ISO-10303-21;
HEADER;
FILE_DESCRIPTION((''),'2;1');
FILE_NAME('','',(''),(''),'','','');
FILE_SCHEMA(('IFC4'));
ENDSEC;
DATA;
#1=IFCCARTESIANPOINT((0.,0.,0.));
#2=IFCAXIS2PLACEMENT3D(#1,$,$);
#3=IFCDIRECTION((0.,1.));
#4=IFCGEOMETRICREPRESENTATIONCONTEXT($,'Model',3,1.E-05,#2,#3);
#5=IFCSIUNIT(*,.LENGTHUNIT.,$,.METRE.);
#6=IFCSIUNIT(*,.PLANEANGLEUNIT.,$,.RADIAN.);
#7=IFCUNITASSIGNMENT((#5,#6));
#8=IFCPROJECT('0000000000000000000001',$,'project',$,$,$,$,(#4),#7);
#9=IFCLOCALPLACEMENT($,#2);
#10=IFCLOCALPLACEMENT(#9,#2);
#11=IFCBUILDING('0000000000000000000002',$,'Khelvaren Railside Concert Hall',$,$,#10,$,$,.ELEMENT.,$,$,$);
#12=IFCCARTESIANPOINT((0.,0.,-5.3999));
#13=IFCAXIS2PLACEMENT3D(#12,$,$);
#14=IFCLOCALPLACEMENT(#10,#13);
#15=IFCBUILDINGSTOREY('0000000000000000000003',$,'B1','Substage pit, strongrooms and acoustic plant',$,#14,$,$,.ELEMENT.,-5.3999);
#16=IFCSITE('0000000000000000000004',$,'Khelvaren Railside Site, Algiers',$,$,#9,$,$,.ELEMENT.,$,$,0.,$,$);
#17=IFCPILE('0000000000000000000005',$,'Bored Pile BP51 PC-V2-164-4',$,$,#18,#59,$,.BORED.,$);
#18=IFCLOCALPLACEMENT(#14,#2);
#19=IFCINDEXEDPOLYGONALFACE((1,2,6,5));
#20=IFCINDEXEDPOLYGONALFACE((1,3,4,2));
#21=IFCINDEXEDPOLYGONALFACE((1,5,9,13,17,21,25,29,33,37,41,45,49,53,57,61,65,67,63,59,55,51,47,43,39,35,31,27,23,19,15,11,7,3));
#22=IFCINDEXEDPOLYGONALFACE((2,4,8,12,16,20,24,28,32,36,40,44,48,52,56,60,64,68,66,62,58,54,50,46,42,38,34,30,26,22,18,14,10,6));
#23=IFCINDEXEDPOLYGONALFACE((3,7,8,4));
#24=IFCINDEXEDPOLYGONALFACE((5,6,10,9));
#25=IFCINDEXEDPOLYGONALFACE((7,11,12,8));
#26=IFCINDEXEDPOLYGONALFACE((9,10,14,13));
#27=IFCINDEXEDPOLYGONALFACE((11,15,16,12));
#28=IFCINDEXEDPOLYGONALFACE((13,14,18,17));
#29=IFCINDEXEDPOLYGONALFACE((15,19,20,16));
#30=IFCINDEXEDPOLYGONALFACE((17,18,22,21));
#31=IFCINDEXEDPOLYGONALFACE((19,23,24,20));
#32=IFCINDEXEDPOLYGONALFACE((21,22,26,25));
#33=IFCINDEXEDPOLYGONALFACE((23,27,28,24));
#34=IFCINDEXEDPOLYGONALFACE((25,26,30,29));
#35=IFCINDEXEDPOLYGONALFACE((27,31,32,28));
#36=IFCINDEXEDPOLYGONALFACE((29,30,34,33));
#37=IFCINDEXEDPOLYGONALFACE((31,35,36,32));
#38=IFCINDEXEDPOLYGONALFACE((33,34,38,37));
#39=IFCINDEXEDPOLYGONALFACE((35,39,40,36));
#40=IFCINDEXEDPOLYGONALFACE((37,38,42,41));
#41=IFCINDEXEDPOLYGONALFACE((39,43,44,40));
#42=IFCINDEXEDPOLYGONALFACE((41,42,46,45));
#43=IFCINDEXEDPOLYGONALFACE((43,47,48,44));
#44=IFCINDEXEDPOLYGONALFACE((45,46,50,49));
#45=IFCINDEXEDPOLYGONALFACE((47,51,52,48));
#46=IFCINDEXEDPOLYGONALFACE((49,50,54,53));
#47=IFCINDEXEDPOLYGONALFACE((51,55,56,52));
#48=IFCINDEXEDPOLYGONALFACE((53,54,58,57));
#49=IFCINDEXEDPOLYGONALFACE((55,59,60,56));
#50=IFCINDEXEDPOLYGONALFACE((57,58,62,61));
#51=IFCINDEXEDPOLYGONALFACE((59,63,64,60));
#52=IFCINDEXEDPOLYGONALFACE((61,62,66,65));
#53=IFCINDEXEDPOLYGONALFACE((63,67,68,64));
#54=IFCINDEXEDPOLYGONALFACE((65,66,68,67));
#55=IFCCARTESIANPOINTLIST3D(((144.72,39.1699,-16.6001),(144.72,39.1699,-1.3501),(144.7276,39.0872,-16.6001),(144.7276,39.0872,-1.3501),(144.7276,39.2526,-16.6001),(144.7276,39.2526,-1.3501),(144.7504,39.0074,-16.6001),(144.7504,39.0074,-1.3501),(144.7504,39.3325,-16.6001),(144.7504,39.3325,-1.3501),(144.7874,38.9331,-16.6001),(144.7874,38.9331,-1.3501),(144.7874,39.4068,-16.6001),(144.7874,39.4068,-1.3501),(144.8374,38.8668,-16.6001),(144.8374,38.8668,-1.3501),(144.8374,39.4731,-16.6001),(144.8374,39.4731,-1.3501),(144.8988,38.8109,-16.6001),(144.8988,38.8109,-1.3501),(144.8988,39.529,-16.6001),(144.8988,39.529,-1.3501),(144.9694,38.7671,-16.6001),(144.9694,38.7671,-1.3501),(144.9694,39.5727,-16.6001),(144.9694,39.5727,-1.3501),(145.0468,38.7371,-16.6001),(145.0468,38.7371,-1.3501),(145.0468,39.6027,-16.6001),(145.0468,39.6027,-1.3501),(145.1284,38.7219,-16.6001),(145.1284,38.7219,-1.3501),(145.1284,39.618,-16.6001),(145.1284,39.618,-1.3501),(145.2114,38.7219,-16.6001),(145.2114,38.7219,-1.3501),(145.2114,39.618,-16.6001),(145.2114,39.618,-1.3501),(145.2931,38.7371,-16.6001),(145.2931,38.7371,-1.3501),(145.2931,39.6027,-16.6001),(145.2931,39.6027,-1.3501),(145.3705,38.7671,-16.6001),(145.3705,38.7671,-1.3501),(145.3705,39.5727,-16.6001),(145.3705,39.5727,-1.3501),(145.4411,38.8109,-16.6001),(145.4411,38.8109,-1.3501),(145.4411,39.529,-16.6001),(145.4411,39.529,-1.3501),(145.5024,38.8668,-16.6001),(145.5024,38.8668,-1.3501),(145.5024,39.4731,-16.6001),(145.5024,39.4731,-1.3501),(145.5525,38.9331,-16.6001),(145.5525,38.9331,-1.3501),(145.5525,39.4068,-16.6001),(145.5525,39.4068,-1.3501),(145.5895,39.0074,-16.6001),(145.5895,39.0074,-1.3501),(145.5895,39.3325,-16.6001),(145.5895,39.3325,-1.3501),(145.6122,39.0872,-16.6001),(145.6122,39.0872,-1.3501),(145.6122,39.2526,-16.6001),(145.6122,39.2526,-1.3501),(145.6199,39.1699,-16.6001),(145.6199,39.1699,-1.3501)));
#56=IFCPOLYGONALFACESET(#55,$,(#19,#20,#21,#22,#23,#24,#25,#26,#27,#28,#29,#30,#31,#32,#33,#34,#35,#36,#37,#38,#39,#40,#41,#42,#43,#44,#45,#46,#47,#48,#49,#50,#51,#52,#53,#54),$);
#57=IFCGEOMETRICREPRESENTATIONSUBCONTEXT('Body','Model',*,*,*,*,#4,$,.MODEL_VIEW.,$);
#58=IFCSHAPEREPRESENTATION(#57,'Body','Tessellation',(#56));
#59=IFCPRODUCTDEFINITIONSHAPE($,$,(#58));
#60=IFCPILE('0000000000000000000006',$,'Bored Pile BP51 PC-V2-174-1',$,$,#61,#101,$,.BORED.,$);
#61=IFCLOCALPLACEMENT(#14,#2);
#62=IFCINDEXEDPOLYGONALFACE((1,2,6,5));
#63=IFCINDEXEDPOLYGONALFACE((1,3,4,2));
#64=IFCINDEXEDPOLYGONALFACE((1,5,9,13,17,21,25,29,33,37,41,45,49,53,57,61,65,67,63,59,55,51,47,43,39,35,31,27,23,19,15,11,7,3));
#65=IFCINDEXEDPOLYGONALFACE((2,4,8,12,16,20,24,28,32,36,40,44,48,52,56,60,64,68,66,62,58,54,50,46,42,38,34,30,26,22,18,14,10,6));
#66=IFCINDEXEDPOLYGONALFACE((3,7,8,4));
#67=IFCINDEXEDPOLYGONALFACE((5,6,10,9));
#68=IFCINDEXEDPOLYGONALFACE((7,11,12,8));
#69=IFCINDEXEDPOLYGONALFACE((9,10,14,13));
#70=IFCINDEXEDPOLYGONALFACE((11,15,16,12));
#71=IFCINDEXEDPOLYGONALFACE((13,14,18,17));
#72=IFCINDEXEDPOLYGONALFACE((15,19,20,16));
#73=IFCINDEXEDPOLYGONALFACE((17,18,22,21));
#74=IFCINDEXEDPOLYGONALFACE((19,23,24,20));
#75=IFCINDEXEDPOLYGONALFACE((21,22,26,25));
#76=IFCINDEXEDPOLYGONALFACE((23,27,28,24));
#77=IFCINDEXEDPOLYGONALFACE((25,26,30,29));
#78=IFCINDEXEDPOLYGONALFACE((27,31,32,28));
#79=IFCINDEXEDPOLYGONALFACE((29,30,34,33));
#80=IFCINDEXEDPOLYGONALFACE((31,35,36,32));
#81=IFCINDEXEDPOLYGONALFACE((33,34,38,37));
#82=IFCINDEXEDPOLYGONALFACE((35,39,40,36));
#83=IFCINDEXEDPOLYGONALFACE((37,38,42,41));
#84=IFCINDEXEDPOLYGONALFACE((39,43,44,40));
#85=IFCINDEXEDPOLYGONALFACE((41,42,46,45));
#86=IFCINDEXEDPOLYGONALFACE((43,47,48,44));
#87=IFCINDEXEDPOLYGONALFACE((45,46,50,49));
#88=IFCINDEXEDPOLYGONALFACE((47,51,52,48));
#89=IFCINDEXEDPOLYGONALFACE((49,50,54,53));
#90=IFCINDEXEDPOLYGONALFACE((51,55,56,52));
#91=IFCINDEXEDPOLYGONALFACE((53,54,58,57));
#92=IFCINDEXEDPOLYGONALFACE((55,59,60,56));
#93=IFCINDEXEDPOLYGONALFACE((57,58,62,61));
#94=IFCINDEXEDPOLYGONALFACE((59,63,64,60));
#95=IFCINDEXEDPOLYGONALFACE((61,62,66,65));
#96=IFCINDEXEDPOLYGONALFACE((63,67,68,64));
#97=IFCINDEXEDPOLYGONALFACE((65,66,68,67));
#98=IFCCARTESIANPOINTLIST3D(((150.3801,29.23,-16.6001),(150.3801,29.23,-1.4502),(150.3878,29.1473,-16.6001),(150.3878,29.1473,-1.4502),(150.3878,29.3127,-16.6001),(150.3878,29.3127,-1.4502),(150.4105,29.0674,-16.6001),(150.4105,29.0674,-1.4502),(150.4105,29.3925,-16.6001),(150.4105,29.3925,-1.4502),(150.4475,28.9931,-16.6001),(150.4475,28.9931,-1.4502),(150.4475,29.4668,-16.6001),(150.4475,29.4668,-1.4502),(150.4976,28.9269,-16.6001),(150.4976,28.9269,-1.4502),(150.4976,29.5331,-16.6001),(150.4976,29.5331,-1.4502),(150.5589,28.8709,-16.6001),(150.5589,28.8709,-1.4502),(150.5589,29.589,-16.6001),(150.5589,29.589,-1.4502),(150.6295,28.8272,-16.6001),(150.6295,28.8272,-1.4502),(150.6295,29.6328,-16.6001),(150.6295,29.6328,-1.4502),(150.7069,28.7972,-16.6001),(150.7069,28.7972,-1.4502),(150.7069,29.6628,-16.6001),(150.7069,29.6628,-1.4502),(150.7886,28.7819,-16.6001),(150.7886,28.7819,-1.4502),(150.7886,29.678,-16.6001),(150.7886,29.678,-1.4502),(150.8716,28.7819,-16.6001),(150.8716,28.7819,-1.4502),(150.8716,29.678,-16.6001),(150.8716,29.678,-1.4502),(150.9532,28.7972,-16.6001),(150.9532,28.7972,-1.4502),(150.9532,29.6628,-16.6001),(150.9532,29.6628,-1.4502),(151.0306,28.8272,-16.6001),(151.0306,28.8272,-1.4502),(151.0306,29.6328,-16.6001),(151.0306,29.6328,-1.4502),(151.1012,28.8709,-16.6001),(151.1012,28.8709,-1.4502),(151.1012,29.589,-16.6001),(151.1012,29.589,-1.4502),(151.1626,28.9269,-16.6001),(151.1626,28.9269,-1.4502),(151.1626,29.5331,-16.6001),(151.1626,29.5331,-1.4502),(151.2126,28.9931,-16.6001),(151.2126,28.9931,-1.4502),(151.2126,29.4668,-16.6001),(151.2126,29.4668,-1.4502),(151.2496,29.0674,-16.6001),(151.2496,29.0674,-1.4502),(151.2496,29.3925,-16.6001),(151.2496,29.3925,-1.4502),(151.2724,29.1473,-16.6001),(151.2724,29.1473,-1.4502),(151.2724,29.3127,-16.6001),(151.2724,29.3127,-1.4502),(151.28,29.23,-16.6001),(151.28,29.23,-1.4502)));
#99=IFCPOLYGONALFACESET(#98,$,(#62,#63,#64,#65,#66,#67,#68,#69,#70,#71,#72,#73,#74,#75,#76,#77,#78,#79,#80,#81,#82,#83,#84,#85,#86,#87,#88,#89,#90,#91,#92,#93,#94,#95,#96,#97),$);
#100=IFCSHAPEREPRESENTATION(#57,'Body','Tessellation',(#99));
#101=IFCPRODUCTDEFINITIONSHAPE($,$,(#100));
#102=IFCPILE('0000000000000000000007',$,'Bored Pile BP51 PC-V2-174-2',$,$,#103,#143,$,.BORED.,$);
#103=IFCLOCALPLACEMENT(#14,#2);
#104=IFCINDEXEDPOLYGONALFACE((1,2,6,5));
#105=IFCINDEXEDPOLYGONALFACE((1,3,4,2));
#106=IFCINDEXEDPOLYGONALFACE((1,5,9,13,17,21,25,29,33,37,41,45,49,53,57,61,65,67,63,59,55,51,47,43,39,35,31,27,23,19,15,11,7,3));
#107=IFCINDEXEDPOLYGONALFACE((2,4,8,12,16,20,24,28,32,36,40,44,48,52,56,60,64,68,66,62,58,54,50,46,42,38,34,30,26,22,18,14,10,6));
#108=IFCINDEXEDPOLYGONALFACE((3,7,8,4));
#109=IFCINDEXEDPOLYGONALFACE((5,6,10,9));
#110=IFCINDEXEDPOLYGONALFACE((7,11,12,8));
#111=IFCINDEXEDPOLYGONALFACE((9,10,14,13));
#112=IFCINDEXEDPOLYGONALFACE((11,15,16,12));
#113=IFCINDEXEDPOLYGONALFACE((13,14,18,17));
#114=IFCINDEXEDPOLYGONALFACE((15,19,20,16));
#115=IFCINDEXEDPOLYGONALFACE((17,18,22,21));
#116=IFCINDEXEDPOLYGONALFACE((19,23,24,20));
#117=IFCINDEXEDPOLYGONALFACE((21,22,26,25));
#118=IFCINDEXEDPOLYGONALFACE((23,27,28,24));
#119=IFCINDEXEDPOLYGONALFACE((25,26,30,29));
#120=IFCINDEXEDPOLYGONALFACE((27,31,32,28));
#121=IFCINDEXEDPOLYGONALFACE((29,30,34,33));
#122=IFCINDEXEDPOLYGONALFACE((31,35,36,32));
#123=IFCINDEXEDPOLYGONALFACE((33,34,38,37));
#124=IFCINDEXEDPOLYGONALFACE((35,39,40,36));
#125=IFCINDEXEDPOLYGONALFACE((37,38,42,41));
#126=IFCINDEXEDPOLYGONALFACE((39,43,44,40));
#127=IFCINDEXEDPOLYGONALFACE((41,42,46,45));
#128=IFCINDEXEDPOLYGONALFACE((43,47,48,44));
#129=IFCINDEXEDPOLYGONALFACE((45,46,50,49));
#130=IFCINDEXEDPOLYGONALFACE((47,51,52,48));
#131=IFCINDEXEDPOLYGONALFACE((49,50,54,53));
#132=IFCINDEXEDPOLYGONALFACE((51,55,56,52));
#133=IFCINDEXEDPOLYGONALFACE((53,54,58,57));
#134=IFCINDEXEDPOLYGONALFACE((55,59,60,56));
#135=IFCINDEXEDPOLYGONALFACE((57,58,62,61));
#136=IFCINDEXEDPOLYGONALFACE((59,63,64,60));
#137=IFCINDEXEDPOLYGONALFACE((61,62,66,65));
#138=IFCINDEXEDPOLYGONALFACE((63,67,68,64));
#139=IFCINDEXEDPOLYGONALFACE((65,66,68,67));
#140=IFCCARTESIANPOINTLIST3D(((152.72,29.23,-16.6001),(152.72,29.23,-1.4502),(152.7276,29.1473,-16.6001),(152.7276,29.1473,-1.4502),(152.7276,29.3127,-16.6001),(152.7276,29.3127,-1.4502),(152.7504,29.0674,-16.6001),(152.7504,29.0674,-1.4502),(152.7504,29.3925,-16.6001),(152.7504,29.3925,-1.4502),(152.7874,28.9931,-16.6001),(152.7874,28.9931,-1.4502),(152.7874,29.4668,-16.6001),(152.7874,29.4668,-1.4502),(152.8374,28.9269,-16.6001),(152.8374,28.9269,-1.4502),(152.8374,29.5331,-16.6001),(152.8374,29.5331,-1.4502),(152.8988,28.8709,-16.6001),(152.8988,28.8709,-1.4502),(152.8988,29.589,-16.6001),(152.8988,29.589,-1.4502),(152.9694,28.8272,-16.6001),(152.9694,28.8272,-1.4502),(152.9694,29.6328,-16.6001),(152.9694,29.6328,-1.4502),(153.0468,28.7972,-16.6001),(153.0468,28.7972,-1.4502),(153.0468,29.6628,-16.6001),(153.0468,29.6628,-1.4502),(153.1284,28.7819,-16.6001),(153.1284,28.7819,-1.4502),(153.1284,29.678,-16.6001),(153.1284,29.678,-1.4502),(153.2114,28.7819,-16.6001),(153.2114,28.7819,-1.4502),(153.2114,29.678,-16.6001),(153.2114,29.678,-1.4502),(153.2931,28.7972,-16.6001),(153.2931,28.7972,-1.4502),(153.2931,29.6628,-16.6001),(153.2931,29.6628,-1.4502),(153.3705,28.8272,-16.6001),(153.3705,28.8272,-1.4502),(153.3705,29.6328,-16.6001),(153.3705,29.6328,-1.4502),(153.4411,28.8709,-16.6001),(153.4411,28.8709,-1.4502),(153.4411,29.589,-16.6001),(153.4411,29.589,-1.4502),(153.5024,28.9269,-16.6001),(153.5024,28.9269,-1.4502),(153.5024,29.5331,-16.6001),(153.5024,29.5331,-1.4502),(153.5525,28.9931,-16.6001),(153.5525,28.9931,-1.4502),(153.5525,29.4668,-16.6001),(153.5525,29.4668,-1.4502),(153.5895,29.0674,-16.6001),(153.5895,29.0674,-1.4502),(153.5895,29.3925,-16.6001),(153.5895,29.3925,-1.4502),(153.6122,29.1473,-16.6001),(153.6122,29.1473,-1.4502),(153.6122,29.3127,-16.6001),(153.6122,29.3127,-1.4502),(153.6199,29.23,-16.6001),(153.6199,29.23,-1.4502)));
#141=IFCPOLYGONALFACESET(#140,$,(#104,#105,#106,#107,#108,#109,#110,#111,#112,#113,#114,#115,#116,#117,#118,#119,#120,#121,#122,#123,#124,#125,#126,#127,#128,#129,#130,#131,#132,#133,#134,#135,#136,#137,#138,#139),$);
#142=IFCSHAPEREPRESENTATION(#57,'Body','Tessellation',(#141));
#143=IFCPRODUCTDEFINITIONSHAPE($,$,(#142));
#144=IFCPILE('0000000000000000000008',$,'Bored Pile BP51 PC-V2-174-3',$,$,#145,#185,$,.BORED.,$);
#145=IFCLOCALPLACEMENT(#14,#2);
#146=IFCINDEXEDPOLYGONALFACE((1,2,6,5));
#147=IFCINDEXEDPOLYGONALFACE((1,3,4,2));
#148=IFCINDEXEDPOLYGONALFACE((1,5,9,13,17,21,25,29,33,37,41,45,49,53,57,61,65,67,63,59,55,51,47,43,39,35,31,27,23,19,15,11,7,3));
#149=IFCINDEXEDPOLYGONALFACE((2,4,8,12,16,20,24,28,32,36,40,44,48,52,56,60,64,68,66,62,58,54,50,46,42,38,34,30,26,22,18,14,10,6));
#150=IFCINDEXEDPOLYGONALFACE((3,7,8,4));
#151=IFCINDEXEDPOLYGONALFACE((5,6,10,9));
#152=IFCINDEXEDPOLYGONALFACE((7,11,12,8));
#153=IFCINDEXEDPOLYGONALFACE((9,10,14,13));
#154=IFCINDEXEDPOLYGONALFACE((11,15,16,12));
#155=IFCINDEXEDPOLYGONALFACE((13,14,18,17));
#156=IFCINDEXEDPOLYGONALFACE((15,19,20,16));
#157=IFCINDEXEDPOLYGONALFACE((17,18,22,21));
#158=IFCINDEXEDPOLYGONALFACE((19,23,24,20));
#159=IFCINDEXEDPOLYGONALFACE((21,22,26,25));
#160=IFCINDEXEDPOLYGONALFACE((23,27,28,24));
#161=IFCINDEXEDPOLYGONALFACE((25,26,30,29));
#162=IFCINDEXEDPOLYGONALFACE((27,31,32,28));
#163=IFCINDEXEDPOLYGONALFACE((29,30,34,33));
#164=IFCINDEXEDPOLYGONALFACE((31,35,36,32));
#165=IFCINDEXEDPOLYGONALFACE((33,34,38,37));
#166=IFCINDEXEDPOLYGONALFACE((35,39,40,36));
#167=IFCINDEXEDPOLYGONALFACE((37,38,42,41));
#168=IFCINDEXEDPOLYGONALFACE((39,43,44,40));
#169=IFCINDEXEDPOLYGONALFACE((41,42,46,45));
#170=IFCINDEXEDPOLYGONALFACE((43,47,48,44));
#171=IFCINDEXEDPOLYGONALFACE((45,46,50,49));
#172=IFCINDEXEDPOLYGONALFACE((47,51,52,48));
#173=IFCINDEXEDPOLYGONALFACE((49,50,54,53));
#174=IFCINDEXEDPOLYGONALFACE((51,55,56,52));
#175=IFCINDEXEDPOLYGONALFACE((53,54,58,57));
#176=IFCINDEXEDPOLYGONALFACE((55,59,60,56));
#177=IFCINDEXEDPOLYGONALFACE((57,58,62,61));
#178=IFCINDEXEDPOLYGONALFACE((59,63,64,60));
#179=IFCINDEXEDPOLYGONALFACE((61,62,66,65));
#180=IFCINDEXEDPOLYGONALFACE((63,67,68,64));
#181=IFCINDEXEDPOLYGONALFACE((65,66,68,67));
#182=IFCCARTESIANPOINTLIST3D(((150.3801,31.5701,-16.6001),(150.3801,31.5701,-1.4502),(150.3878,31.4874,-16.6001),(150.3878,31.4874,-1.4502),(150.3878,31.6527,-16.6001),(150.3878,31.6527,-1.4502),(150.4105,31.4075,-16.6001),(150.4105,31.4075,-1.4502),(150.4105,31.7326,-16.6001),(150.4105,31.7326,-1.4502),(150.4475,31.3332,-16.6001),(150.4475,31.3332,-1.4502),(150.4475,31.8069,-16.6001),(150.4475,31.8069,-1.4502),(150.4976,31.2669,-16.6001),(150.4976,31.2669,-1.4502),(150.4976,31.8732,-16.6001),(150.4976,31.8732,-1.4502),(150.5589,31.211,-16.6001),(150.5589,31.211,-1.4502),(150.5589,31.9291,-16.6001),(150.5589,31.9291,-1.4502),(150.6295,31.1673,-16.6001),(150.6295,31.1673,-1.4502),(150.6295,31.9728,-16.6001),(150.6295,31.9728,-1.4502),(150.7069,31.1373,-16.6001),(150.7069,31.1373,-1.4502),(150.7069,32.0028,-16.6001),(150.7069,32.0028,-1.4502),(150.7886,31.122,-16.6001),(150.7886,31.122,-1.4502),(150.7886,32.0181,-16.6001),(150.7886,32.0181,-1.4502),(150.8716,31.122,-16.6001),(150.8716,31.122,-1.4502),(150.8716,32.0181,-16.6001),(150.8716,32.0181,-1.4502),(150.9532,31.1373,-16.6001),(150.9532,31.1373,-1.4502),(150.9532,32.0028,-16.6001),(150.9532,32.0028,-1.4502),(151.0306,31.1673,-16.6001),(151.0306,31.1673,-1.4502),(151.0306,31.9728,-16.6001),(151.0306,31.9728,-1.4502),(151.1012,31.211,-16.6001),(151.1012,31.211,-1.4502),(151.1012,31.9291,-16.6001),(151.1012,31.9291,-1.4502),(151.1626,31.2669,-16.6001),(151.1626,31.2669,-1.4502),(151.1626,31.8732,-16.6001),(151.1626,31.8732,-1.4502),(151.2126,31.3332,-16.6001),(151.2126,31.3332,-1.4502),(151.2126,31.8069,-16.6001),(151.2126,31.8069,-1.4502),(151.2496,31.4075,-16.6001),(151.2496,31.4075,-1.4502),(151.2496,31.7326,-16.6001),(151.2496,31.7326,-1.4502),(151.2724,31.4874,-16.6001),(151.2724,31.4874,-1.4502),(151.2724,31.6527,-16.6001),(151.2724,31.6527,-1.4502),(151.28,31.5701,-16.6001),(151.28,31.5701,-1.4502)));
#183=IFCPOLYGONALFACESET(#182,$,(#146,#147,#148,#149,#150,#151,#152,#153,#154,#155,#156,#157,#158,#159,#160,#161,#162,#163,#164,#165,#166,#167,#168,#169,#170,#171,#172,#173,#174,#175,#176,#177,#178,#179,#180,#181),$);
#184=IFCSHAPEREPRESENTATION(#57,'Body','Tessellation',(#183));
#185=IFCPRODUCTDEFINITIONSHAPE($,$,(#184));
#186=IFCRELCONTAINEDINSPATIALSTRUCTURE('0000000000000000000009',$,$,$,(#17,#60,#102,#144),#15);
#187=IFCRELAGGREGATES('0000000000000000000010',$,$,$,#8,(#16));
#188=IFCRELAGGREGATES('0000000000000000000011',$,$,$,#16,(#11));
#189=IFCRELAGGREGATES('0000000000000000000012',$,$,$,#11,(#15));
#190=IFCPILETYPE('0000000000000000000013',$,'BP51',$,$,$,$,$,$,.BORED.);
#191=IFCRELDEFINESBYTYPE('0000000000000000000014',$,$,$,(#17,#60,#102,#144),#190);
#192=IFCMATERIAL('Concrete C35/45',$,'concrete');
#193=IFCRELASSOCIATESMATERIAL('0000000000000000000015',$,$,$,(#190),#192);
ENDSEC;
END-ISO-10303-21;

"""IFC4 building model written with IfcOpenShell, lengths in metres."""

from ifc_helpers import new_model, si_unit, direction, frame, origin, origin_2d, place, context, subcontext, project, spatial, circle, extrude, material, material_profile, profile_set, type_object, element, save


model = new_model("IFC4")

# Units and contexts
model_context = context("Model", 3, precision=1e-05, world=origin(), true_north=direction((0.0, 1.0)))
body_context = subcontext(model_context, "Body", "Model", "MODEL_VIEW")
ifc_project = project(units=[si_unit("LENGTHUNIT", "METRE"), si_unit("PLANEANGLEUNIT", "RADIAN")], contexts=[model_context])

# Site, building, storey
site_placement = place(None, origin())
site = spatial("IfcSite", under=ifc_project, at=site_placement, Name="Khelvaren Railside Site, Algiers", CompositionType="ELEMENT", RefElevation=0.0)
building_placement = place(site_placement, origin())
building = spatial("IfcBuilding", under=site, at=building_placement, Name="Khelvaren Railside Concert Hall", CompositionType="ELEMENT")
storey_placement = place(building_placement, frame((0.0, 0.0, -5.3999)))
storey = spatial("IfcBuildingStorey", under=building, at=storey_placement, Name="B1", Description="Substage pit, strongrooms and acoustic plant", CompositionType="ELEMENT", Elevation=-5.3999)

# Piles
ifc_material_1 = material(Name="Concrete C35/45", Category="concrete")
ifc_material_profile_1 = material_profile(ifc_material_1, circle(Radius=0.45, at=origin_2d()), Name="BP D900")
ifc_profile_set_1 = profile_set([ifc_material_profile_1], Name="Concrete C35/45")
pile_type_1 = type_object("IfcPileType", Name="BP51", PredefinedType="BORED", material=ifc_profile_set_1)
for number, where, z_axis, x_axis, name in (
    (1, (145.1699, 39.1699, -1.3501), (0.0, 0.0, -1.0), (1.0, 0.0, 0.0), "Bored Pile BP51 PC-V2-164-4"),
):
    element("IfcPile", number, at=place(storey_placement, frame(where, z_axis=z_axis, x_axis=x_axis)), inside=storey, type_object=pile_type_1, Name=name, PredefinedType="BORED", context=body_context, shape_type="SweptSolid", body=[
        extrude(circle(Radius=0.45, at=origin_2d()), origin(), (0.0, 0.0, 1.0), 15.25),
    ])
for number, where, z_axis, x_axis, name in (
    (2, (150.8301, 29.23, -1.4502), (0.0, 0.0, -1.0), (1.0, 0.0, 0.0), "Bored Pile BP51 PC-V2-174-1"),
    (3, (153.1699, 29.23, -1.4502), (0.0, 0.0, -1.0), (1.0, 0.0, 0.0), "Bored Pile BP51 PC-V2-174-2"),
    (4, (150.8301, 31.5701, -1.4502), (0.0, 0.0, -1.0), (1.0, 0.0, 0.0), "Bored Pile BP51 PC-V2-174-3"),
):
    element("IfcPile", number, at=place(storey_placement, frame(where, z_axis=z_axis, x_axis=x_axis)), inside=storey, type_object=pile_type_1, Name=name, PredefinedType="BORED", context=body_context, shape_type="SweptSolid", body=[
        extrude(circle(Radius=0.45, at=origin_2d()), origin(), (0.0, 0.0, 1.0), 15.1499),
    ])

save(model, "model.ifc")
